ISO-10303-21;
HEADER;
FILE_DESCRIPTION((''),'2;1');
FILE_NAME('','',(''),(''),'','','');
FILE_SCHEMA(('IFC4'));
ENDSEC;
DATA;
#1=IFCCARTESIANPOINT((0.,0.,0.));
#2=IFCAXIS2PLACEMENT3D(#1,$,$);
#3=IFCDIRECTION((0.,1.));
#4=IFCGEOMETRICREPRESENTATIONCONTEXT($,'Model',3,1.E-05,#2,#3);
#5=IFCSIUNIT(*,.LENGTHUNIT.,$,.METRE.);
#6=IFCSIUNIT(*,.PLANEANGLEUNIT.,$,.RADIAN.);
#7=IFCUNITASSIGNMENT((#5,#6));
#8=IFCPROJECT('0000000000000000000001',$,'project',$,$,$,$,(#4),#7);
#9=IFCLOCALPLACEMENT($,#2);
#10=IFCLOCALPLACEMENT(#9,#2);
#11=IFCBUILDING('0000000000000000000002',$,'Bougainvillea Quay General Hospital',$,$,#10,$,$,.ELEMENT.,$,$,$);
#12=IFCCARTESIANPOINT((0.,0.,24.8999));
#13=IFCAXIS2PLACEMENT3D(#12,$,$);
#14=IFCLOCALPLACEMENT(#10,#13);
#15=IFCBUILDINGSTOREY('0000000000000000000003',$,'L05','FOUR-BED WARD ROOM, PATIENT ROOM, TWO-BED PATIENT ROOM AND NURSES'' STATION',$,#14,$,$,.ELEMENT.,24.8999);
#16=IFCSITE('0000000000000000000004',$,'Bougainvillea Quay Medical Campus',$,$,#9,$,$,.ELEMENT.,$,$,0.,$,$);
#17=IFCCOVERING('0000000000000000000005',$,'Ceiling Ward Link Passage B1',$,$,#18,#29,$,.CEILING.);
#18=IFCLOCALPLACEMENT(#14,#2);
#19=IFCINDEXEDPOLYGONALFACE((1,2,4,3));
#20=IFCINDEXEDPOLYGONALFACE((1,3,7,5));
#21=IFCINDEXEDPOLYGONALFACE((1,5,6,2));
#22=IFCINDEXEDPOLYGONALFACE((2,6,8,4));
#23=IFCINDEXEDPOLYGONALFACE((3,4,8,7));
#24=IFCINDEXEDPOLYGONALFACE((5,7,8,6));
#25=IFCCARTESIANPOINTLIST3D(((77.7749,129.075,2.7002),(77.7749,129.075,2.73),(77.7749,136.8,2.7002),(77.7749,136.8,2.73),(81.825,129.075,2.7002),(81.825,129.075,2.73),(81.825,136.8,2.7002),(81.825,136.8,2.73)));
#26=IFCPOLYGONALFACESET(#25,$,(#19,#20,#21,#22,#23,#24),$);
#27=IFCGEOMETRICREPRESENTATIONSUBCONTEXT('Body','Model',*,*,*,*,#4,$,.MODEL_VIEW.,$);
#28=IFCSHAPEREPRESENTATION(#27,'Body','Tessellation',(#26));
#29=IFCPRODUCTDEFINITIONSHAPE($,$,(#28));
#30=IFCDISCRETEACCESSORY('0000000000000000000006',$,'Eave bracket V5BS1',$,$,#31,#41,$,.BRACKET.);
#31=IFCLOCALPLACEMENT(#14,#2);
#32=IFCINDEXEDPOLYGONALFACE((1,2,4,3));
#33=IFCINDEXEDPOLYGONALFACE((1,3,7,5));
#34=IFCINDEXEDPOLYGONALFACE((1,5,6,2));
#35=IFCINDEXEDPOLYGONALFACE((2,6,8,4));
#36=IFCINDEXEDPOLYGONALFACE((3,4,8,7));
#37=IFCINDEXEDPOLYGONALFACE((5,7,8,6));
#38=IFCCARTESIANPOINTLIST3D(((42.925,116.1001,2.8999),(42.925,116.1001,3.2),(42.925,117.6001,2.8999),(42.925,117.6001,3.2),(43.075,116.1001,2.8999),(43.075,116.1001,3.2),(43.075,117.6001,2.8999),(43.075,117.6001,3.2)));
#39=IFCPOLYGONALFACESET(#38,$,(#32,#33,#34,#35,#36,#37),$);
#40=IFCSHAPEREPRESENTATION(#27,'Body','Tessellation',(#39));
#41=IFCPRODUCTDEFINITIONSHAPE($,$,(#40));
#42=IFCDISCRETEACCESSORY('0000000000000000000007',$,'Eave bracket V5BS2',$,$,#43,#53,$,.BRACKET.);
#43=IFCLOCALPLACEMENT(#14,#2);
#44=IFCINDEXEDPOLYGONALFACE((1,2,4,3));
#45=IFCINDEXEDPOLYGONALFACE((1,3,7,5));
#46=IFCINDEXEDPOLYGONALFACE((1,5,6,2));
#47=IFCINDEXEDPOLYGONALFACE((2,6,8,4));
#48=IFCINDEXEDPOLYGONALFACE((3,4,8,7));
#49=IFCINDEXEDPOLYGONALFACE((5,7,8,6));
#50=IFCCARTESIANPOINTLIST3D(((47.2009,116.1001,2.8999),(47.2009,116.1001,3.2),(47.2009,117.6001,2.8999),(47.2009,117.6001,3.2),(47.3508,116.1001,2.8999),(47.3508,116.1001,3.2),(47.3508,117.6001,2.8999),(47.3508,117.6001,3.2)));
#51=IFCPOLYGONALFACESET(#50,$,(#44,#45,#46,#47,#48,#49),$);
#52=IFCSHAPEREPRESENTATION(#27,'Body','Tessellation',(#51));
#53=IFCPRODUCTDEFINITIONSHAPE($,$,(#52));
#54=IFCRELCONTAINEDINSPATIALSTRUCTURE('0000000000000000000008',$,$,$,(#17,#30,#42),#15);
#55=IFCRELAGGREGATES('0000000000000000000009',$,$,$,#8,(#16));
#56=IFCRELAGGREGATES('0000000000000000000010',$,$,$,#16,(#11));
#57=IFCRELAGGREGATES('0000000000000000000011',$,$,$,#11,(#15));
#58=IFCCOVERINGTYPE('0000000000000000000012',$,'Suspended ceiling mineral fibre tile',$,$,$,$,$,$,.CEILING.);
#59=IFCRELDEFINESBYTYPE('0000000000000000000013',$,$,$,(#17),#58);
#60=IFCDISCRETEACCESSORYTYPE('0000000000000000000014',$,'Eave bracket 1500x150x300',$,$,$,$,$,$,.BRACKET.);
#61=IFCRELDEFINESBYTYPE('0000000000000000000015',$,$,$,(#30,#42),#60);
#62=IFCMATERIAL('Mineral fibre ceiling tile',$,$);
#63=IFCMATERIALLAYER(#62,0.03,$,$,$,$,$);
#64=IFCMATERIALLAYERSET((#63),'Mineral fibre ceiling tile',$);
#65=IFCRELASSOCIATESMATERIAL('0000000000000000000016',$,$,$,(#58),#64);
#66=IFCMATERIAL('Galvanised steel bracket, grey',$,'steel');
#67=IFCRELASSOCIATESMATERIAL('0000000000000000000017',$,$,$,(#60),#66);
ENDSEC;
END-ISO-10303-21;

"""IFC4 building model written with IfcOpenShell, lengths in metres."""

from ifc_helpers import new_model, si_unit, direction, frame, origin, origin_2d, place, context, subcontext, project, spatial, polyline, rectangle, outline, extrude, material, layer, layer_set, type_object, element, save


model = new_model("IFC4")

# Units and contexts
model_context = context("Model", 3, precision=1e-05, world=origin(), true_north=direction((0.0, 1.0)))
body_context = subcontext(model_context, "Body", "Model", "MODEL_VIEW")
ifc_project = project(units=[si_unit("LENGTHUNIT", "METRE"), si_unit("PLANEANGLEUNIT", "RADIAN")], contexts=[model_context])

# Site, building, storey
site_placement = place(None, origin())
site = spatial("IfcSite", under=ifc_project, at=site_placement, Name="Bougainvillea Quay Medical Campus", CompositionType="ELEMENT", RefElevation=0.0)
building_placement = place(site_placement, origin())
building = spatial("IfcBuilding", under=site, at=building_placement, Name="Bougainvillea Quay General Hospital", CompositionType="ELEMENT")
storey_placement = place(building_placement, frame((0.0, 0.0, 24.8999)))
storey = spatial("IfcBuildingStorey", under=building, at=storey_placement, Name="L05", Description="FOUR-BED WARD ROOM, PATIENT ROOM, TWO-BED PATIENT ROOM AND NURSES' STATION", CompositionType="ELEMENT", Elevation=24.8999)

# Covering
ifc_material_1 = material(Name="Mineral fibre ceiling tile")
ifc_layer_1 = layer(ifc_material_1, 0.03)
ifc_layer_set_1 = layer_set([ifc_layer_1], Name="Mineral fibre ceiling tile")
covering_type = type_object("IfcCoveringType", Name="Suspended ceiling mineral fibre tile", PredefinedType="CEILING", material=ifc_layer_set_1)
covering_1_placement = place(storey_placement, frame((0.0, 0.0, 2.7002)))
element("IfcCovering", 1, at=covering_1_placement, inside=storey, type_object=covering_type, Name="Ceiling Ward Link Passage B1", PredefinedType="CEILING", context=body_context, shape_type="SweptSolid", body=[
    extrude(outline(polyline([(77.7749, 136.8), (77.7749, 129.075), (81.825, 129.075), (81.825, 136.8), (77.7749, 136.8)])), origin(), (0.0, 0.0, 1.0), 0.0298),
])

# Discrete accessories
ifc_material_2 = material(Name="Galvanised steel bracket, grey", Category="steel")
discrete_accessory_type = type_object("IfcDiscreteAccessoryType", Name="Eave bracket 1500x150x300", PredefinedType="BRACKET", material=ifc_material_2)
for number, where, z_axis, x_axis, name in (
    (2, (43.0, 116.8501, 2.8999), (0.0, 0.0, 1.0), (1.0, 0.0, 0.0), "Eave bracket V5BS1"),
    (3, (47.2759, 116.8501, 2.8999), (0.0, 0.0, 1.0), (1.0, 0.0, 0.0), "Eave bracket V5BS2"),
):
    element("IfcDiscreteAccessory", number, at=place(storey_placement, frame(where, z_axis=z_axis, x_axis=x_axis)), inside=storey, type_object=discrete_accessory_type, Name=name, PredefinedType="BRACKET", context=body_context, shape_type="SweptSolid", body=[
        extrude(rectangle(XDim=0.1499, YDim=1.5, at=origin_2d()), origin(), (0.0, 0.0, 1.0), 0.3),
    ])

save(model, "model.ifc")
